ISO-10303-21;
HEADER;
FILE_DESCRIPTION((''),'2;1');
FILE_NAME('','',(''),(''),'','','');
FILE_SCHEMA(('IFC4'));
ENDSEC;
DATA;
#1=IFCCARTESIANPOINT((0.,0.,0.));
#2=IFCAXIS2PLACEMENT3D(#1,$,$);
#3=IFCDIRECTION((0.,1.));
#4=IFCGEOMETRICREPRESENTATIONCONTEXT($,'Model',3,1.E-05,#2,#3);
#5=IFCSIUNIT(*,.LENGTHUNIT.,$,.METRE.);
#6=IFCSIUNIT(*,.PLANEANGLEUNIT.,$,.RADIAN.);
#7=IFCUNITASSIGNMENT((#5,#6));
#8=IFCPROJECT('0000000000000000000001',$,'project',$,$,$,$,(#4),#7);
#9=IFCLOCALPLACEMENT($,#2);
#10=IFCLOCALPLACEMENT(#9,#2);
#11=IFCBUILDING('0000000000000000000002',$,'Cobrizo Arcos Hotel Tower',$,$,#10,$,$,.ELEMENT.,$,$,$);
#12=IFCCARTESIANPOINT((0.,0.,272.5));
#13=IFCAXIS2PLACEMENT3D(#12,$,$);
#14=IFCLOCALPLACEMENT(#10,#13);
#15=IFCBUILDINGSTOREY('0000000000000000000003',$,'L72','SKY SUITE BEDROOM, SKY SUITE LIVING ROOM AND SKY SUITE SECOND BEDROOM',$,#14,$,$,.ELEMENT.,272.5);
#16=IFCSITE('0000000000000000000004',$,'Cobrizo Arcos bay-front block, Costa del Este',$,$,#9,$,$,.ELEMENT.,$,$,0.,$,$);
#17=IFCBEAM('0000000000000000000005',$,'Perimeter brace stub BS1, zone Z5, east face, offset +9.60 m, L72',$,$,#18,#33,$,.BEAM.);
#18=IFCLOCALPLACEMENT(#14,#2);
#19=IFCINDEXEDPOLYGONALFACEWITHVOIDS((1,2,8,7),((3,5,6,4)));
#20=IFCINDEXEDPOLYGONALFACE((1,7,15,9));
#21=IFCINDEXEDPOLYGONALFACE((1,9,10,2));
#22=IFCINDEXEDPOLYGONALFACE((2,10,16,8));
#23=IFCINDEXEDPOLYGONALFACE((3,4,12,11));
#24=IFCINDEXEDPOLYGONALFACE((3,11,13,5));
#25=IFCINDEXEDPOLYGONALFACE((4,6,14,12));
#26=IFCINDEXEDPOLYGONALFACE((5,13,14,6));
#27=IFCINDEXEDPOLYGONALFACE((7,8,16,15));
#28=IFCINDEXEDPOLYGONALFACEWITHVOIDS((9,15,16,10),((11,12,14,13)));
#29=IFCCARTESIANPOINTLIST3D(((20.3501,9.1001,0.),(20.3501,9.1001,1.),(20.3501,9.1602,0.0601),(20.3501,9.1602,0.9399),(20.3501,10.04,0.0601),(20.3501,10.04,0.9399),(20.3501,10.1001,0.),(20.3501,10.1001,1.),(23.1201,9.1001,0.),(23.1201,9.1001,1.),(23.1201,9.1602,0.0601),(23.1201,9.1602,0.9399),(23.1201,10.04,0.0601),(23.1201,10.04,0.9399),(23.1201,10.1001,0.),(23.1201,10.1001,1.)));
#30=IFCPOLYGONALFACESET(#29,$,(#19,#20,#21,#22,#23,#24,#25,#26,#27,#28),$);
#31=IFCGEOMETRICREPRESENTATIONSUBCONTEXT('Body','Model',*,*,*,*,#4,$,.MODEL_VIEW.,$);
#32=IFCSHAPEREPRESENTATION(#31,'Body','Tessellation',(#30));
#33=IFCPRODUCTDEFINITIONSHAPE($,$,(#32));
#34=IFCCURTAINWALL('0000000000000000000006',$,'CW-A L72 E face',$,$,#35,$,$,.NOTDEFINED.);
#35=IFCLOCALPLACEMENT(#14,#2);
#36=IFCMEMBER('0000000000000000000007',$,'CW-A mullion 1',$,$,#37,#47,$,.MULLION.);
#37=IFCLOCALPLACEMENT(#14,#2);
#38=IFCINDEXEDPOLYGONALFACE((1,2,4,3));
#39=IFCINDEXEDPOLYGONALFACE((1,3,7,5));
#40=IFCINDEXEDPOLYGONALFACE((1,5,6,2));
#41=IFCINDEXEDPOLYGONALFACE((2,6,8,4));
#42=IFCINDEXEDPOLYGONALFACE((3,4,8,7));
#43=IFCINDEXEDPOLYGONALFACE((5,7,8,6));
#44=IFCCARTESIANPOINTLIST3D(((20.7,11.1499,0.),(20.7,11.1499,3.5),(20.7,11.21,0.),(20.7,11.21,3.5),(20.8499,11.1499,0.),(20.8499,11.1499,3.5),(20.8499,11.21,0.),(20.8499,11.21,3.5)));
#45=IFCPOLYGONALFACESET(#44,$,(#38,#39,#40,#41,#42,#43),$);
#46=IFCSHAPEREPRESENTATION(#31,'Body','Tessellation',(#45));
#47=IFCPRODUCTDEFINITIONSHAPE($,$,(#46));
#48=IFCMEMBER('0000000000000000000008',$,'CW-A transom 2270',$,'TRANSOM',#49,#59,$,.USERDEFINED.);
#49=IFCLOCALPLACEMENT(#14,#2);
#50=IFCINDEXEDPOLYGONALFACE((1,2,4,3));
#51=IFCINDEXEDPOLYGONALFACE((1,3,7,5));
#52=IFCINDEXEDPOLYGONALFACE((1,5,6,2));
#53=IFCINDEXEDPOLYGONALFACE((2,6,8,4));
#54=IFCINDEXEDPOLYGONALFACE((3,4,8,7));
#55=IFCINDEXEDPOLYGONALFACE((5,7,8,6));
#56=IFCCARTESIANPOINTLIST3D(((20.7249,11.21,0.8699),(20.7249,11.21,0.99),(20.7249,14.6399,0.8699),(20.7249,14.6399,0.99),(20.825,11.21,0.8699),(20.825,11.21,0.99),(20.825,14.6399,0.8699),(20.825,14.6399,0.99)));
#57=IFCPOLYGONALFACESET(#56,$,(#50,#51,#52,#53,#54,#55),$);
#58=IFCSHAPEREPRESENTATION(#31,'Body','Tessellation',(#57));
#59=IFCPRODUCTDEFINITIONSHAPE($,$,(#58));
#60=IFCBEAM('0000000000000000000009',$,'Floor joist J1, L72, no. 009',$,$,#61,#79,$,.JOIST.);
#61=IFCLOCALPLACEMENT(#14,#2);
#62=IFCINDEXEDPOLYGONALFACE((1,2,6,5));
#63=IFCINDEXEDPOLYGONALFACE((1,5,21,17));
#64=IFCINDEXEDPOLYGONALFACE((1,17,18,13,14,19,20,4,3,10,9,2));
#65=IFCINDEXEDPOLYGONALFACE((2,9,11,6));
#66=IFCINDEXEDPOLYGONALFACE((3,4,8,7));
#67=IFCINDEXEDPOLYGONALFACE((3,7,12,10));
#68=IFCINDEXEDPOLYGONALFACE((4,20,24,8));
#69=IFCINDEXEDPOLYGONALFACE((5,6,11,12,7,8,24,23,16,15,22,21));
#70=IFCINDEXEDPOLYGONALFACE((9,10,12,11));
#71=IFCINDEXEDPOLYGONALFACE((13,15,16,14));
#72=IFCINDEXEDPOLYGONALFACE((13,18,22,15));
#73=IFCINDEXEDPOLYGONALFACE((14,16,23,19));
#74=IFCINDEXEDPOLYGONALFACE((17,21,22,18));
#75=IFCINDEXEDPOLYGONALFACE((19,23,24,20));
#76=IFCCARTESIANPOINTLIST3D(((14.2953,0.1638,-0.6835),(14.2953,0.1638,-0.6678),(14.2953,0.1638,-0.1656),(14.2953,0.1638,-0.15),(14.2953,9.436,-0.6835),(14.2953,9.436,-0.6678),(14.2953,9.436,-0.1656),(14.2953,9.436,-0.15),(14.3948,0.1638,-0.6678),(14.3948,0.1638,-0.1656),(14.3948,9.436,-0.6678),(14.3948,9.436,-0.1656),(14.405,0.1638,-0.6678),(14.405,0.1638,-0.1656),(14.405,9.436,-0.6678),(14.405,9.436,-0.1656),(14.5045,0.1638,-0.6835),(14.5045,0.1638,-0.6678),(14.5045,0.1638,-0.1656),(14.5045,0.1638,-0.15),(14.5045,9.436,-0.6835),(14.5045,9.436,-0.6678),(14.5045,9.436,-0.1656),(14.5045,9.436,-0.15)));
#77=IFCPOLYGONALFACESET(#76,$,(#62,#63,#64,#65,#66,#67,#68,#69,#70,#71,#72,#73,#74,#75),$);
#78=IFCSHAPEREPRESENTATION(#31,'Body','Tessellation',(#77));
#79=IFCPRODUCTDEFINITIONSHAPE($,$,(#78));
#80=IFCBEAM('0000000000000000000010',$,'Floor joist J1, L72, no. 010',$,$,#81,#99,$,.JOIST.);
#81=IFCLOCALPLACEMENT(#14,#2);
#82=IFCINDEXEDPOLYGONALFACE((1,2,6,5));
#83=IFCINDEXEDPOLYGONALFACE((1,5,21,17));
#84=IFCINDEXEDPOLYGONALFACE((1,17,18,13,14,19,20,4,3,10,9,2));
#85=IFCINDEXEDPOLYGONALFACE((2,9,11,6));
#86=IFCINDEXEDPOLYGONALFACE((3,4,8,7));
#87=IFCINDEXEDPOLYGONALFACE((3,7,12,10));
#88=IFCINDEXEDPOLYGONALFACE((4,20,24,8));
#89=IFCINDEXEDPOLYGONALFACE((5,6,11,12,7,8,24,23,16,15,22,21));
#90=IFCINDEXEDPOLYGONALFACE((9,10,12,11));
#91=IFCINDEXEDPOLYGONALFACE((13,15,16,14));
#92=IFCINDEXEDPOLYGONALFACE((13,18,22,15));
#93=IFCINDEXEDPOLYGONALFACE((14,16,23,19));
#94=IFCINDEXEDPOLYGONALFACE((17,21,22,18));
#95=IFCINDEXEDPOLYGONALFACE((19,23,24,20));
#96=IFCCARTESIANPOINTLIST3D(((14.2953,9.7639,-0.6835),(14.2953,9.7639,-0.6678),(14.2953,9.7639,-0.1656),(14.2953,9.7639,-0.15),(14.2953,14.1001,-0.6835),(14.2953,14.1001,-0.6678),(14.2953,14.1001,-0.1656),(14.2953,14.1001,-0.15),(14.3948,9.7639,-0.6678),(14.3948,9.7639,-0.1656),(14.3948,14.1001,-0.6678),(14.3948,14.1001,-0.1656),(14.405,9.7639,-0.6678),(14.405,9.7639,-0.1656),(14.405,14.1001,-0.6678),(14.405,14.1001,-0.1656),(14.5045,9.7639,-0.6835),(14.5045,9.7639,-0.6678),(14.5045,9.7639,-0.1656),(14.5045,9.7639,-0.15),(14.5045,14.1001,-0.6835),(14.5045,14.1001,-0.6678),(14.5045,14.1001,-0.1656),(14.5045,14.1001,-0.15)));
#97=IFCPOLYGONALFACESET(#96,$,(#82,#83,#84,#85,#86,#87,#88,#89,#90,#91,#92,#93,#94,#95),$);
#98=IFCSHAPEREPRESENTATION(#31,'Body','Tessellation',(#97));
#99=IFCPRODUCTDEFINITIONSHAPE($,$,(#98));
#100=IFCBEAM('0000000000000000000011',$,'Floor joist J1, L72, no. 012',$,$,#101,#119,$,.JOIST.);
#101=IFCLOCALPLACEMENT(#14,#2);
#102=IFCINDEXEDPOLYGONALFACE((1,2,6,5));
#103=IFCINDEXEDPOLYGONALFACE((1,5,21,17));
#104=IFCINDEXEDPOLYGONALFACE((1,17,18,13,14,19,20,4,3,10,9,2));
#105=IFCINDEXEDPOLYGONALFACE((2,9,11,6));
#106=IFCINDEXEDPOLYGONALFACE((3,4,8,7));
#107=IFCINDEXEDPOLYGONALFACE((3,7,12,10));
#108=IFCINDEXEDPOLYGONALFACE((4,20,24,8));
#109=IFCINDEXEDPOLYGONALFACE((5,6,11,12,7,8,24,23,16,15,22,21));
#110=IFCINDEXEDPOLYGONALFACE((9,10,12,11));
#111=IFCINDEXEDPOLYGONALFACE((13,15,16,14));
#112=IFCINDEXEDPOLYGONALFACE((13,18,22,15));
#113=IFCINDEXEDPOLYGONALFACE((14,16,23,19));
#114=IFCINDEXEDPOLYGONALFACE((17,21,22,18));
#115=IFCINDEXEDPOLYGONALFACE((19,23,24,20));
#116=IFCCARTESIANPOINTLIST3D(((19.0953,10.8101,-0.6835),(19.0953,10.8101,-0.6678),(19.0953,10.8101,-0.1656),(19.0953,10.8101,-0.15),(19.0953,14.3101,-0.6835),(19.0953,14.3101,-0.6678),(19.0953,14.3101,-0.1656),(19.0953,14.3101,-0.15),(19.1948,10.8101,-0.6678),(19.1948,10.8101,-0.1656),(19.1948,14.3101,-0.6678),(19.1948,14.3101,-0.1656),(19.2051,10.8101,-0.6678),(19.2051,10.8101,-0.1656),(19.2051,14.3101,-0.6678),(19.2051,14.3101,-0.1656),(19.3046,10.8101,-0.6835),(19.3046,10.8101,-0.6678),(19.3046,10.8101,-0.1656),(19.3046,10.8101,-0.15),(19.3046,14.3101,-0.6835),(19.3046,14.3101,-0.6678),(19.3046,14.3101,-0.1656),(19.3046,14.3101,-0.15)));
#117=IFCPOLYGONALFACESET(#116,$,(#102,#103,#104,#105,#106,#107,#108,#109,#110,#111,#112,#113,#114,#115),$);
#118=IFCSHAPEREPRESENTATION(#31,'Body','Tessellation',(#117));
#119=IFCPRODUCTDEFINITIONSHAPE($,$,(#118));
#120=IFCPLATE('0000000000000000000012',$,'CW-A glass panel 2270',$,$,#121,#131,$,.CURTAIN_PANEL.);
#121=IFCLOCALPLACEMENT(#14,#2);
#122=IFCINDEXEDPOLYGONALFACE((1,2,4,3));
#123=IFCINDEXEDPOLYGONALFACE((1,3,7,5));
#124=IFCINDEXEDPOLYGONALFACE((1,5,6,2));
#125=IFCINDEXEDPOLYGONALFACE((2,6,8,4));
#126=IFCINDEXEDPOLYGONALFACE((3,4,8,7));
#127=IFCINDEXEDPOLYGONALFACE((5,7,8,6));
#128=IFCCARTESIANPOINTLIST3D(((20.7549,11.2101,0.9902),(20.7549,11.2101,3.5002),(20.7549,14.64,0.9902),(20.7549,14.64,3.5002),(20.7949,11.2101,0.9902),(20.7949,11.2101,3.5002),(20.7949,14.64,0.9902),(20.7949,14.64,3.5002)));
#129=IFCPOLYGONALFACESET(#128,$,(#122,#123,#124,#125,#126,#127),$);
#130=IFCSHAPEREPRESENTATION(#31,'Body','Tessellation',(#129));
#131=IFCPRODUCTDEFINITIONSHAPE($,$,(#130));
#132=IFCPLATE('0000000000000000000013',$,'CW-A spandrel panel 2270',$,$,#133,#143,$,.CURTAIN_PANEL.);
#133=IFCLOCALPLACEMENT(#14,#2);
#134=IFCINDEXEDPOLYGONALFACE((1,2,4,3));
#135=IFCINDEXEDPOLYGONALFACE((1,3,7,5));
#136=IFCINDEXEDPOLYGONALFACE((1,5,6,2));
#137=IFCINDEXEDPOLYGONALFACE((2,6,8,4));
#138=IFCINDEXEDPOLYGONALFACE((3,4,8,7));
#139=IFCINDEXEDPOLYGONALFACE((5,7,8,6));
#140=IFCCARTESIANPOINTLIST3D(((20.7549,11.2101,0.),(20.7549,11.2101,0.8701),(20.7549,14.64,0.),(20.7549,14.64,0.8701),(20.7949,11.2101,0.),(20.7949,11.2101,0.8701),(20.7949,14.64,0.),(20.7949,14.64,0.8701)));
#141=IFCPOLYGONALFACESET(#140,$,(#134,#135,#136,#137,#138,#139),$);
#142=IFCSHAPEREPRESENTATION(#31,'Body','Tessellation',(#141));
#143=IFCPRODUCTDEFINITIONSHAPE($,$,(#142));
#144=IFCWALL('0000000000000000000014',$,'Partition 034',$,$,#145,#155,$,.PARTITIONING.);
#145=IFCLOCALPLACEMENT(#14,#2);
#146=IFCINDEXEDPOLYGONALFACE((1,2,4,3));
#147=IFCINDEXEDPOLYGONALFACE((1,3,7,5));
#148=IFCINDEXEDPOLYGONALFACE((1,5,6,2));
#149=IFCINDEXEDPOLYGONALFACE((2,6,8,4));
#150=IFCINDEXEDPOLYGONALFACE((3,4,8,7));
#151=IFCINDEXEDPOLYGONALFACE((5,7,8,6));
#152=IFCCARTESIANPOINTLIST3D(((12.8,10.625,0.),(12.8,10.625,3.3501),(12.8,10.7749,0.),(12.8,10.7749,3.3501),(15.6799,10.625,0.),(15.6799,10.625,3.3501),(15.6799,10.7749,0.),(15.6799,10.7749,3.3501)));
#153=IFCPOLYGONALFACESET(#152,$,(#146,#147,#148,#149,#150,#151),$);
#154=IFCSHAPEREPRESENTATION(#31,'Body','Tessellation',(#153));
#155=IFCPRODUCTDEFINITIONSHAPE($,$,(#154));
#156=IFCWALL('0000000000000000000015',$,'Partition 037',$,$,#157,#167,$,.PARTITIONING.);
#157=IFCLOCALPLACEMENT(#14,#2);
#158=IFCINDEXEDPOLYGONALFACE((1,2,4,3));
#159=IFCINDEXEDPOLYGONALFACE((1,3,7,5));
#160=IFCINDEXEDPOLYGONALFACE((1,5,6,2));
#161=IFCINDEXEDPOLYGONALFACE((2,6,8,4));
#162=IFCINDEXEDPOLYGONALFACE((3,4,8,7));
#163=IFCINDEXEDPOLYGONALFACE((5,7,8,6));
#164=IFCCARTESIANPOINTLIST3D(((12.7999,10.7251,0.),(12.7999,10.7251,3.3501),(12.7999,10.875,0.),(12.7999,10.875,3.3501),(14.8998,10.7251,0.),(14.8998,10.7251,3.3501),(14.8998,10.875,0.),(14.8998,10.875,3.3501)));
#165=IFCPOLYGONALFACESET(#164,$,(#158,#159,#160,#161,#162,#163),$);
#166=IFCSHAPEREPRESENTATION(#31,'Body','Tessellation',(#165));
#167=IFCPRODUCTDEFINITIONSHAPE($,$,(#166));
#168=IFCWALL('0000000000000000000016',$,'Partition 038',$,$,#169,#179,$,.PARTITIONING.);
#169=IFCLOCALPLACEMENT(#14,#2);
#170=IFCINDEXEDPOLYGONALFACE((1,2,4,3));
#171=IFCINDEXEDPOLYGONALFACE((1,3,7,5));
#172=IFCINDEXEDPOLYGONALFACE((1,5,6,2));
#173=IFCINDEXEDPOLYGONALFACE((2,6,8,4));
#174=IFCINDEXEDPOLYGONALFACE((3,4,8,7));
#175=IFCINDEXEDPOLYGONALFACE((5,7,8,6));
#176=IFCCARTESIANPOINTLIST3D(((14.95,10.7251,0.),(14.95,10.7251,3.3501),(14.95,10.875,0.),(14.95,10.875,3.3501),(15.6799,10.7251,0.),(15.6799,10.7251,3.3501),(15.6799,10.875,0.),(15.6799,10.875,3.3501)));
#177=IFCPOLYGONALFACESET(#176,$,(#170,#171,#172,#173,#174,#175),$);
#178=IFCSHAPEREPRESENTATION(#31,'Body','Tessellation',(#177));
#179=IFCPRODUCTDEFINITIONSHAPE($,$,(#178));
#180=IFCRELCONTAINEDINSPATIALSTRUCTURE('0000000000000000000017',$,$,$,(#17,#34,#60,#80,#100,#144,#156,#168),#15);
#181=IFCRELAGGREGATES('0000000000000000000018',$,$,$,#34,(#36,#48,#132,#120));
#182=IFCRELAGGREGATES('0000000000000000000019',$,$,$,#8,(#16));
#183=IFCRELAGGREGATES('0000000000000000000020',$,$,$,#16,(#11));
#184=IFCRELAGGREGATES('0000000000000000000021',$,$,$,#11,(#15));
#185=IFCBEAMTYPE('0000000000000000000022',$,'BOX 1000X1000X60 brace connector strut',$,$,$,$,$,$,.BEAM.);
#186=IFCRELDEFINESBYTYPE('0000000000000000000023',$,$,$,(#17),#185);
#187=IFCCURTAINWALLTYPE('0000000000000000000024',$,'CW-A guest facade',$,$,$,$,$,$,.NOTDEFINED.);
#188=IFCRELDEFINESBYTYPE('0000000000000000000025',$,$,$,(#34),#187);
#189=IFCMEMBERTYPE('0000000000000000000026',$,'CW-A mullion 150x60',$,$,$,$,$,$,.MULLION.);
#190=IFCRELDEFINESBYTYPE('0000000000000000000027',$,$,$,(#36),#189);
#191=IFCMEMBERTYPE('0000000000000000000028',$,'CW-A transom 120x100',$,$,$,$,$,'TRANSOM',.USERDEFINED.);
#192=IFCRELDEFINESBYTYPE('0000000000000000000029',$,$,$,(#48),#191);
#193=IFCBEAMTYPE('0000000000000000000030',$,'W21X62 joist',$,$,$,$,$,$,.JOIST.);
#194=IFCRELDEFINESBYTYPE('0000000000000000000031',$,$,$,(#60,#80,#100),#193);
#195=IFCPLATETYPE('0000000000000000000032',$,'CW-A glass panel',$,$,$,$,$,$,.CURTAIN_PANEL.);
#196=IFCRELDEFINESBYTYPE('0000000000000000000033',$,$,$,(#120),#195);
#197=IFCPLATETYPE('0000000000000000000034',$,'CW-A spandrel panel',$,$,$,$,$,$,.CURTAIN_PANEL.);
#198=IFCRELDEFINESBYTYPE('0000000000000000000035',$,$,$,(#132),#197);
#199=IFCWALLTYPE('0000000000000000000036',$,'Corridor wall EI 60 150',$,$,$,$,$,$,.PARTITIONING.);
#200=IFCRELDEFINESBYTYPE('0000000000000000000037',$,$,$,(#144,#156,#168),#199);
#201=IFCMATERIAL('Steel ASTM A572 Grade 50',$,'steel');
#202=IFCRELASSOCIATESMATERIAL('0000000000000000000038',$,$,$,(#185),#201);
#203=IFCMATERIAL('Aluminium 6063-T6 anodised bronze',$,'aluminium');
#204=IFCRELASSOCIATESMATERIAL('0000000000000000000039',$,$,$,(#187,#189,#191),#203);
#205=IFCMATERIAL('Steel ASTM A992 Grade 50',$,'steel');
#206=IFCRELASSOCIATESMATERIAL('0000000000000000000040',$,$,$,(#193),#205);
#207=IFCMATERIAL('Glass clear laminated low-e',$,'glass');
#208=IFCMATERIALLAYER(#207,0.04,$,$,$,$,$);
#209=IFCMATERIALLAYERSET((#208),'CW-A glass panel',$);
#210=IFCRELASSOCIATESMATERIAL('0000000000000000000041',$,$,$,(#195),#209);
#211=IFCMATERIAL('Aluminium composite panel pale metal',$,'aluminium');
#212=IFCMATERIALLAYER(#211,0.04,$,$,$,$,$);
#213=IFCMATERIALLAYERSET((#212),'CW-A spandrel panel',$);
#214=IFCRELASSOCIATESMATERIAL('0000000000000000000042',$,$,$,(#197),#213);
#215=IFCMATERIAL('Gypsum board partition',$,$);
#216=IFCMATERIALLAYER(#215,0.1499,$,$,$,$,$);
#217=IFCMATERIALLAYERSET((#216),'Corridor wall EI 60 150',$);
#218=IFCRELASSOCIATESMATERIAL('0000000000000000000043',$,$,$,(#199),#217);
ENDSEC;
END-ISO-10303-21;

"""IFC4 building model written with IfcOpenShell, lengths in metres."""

from ifc_helpers import new_model, si_unit, direction, frame, frame_2d, origin, origin_2d, place, context, subcontext, project, spatial, rectangle, hollow_rectangle, i_section, extrude, material, layer, layer_set, material_profile, profile_set, type_object, element, aggregate, save


model = new_model("IFC4")

# Units and contexts
model_context = context("Model", 3, precision=1e-05, world=origin(), true_north=direction((0.0, 1.0)))
body_context = subcontext(model_context, "Body", "Model", "MODEL_VIEW")
ifc_project = project(units=[si_unit("LENGTHUNIT", "METRE"), si_unit("PLANEANGLEUNIT", "RADIAN")], contexts=[model_context])

# Site, building, storey
site_placement = place(None, origin())
site = spatial("IfcSite", under=ifc_project, at=site_placement, Name="Cobrizo Arcos bay-front block, Costa del Este", CompositionType="ELEMENT", RefElevation=0.0)
building_placement = place(site_placement, origin())
building = spatial("IfcBuilding", under=site, at=building_placement, Name="Cobrizo Arcos Hotel Tower", CompositionType="ELEMENT")
storey_placement = place(building_placement, frame((0.0, 0.0, 272.5)))
storey = spatial("IfcBuildingStorey", under=building, at=storey_placement, Name="L72", Description="SKY SUITE BEDROOM, SKY SUITE LIVING ROOM AND SKY SUITE SECOND BEDROOM", CompositionType="ELEMENT", Elevation=272.5)

# Beam
ifc_material_1 = material(Name="Steel ASTM A572 Grade 50", Category="steel")
ifc_material_profile_1 = material_profile(ifc_material_1, hollow_rectangle(XDim=1.0, YDim=1.0, WallThickness=0.0601, at=origin_2d()), Name="BOX 1000X1000X60")
ifc_profile_set_1 = profile_set([ifc_material_profile_1], Name="Steel ASTM A572 Grade 50")
beam_type_1 = type_object("IfcBeamType", Name="BOX 1000X1000X60 brace connector strut", PredefinedType="BEAM", material=ifc_profile_set_1)
beam_1_placement = place(storey_placement, frame((20.3501, 9.6001, 0.5), z_axis=(1.0, 0.0, 0.0), x_axis=(0.0, 1.0, 0.0)))
element("IfcBeam", 1, at=beam_1_placement, inside=storey, type_object=beam_type_1, Name="Perimeter brace stub BS1, zone Z5, east face, offset +9.60 m, L72", PredefinedType="BEAM", context=body_context, shape_type="SweptSolid", body=[
    extrude(hollow_rectangle(XDim=1.0, YDim=1.0, WallThickness=0.0601, at=origin_2d()), origin(), (0.0, 0.0, 1.0), 2.77),
])

# Curtain wall, members
ifc_material_2 = material(Name="Aluminium 6063-T6 anodised bronze", Category="aluminium")
curtain_wall_type = type_object("IfcCurtainWallType", Name="CW-A guest facade", PredefinedType="NOTDEFINED", material=ifc_material_2)
curtain_wall_placement = place(storey_placement, origin())
curtain_wall = element("IfcCurtainWall", 2, at=curtain_wall_placement, inside=storey, type_object=curtain_wall_type, Name="CW-A L72 E face", PredefinedType="NOTDEFINED")
ifc_material_profile_2 = material_profile(ifc_material_2, rectangle(XDim=0.1499, YDim=0.0601, at=origin_2d()), Name="CW-A mullion 150x60")
ifc_profile_set_2 = profile_set([ifc_material_profile_2], Name="Aluminium 6063-T6 anodised bronze")
member_type_1 = type_object("IfcMemberType", Name="CW-A mullion 150x60", PredefinedType="MULLION", material=ifc_profile_set_2)
member_1_placement = place(storey_placement, frame((20.7749, 11.1799, 0.0), z_axis=(0.0, 0.0, 1.0), x_axis=(1.0, 0.0, 0.0)))
member_1 = element("IfcMember", 3, at=member_1_placement, type_object=member_type_1, Name="CW-A mullion 1", PredefinedType="MULLION", context=body_context, shape_type="SweptSolid", body=[
    extrude(rectangle(XDim=0.1499, YDim=0.0601, at=origin_2d()), origin(), (0.0, 0.0, 1.0), 3.5),
])
ifc_material_profile_3 = material_profile(ifc_material_2, rectangle(XDim=0.1001, YDim=0.1201, at=origin_2d()), Name="CW-A transom 120x100")
ifc_profile_set_3 = profile_set([ifc_material_profile_3], Name="Aluminium 6063-T6 anodised bronze")
member_type_2 = type_object("IfcMemberType", Name="CW-A transom 120x100", ElementType="TRANSOM", PredefinedType="USERDEFINED", material=ifc_profile_set_3)
member_2_placement = place(storey_placement, frame((20.7749, 11.21, 0.9299), z_axis=(0.0, 1.0, 0.0), x_axis=(-1.0, 0.0, 0.0)))
member_2 = element("IfcMember", 4, at=member_2_placement, type_object=member_type_2, Name="CW-A transom 2270", ObjectType="TRANSOM", PredefinedType="USERDEFINED", context=body_context, shape_type="SweptSolid", body=[
    extrude(rectangle(XDim=0.1001, YDim=0.1201, at=origin_2d()), origin(), (0.0, 0.0, 1.0), 3.4299),
])

# Beams
ifc_material_3 = material(Name="Steel ASTM A992 Grade 50", Category="steel")
ifc_material_profile_4 = material_profile(ifc_material_3, i_section(OverallWidth=0.2092, OverallDepth=0.5334, WebThickness=0.0103, FlangeThickness=0.0156, at=origin_2d()), Name="W21X62")
ifc_profile_set_4 = profile_set([ifc_material_profile_4], Name="Steel ASTM A992 Grade 50")
beam_type_2 = type_object("IfcBeamType", Name="W21X62 joist", PredefinedType="JOIST", material=ifc_profile_set_4)
beam_2_placement = place(storey_placement, frame((14.3999, 0.1638, -0.4167), z_axis=(0.0, 1.0, 0.0), x_axis=(-1.0, 0.0, 0.0)))
element("IfcBeam", 5, at=beam_2_placement, inside=storey, type_object=beam_type_2, Name="Floor joist J1, L72, no. 009", PredefinedType="JOIST", context=body_context, shape_type="SweptSolid", body=[
    extrude(i_section(OverallWidth=0.2092, OverallDepth=0.5334, WebThickness=0.0103, FlangeThickness=0.0156, at=origin_2d()), origin(), (0.0, 0.0, 1.0), 9.2722),
])
beam_3_placement = place(storey_placement, frame((14.3999, 9.7639, -0.4167), z_axis=(0.0, 1.0, 0.0), x_axis=(-1.0, 0.0, 0.0)))
element("IfcBeam", 6, at=beam_3_placement, inside=storey, type_object=beam_type_2, Name="Floor joist J1, L72, no. 010", PredefinedType="JOIST", context=body_context, shape_type="SweptSolid", body=[
    extrude(i_section(OverallWidth=0.2092, OverallDepth=0.5334, WebThickness=0.0103, FlangeThickness=0.0156, at=origin_2d()), origin(), (0.0, 0.0, 1.0), 4.3362),
])
beam_4_placement = place(storey_placement, frame((19.2, 10.8101, -0.4167), z_axis=(0.0, 1.0, 0.0), x_axis=(-1.0, 0.0, 0.0)))
element("IfcBeam", 7, at=beam_4_placement, inside=storey, type_object=beam_type_2, Name="Floor joist J1, L72, no. 012", PredefinedType="JOIST", context=body_context, shape_type="SweptSolid", body=[
    extrude(i_section(OverallWidth=0.2092, OverallDepth=0.5334, WebThickness=0.0103, FlangeThickness=0.0156, at=origin_2d()), origin(), (0.0, 0.0, 1.0), 3.5),
])

# Plates
ifc_material_4 = material(Name="Glass clear laminated low-e", Category="glass")
ifc_layer_1 = layer(ifc_material_4, 0.04)
ifc_layer_set_1 = layer_set([ifc_layer_1], Name="CW-A glass panel")
plate_type_1 = type_object("IfcPlateType", Name="CW-A glass panel", PredefinedType="CURTAIN_PANEL", material=ifc_layer_set_1)
plate_1_placement = place(storey_placement, frame((20.7749, 12.925, 0.9902), z_axis=(0.0, 0.0, 1.0), x_axis=(0.0, 1.0, 0.0)))
plate_1 = element("IfcPlate", 8, at=plate_1_placement, type_object=plate_type_1, Name="CW-A glass panel 2270", PredefinedType="CURTAIN_PANEL", context=body_context, shape_type="SweptSolid", body=[
    extrude(rectangle(XDim=3.4299, YDim=0.04, at=origin_2d()), origin(), (0.0, 0.0, 1.0), 2.51),
])
ifc_material_5 = material(Name="Aluminium composite panel pale metal", Category="aluminium")
ifc_layer_2 = layer(ifc_material_5, 0.04)
ifc_layer_set_2 = layer_set([ifc_layer_2], Name="CW-A spandrel panel")
plate_type_2 = type_object("IfcPlateType", Name="CW-A spandrel panel", PredefinedType="CURTAIN_PANEL", material=ifc_layer_set_2)
plate_2_placement = place(storey_placement, frame((20.7749, 12.925, 0.0), z_axis=(0.0, 0.0, 1.0), x_axis=(0.0, 1.0, 0.0)))
plate_2 = element("IfcPlate", 9, at=plate_2_placement, type_object=plate_type_2, Name="CW-A spandrel panel 2270", PredefinedType="CURTAIN_PANEL", context=body_context, shape_type="SweptSolid", body=[
    extrude(rectangle(XDim=3.4299, YDim=0.04, at=origin_2d()), origin(), (0.0, 0.0, 1.0), 0.8701),
])
aggregate(curtain_wall, [member_1, member_2, plate_2, plate_1])

# Walls
ifc_material_6 = material(Name="Gypsum board partition")
ifc_layer_3 = layer(ifc_material_6, 0.1499)
ifc_layer_set_3 = layer_set([ifc_layer_3], Name="Corridor wall EI 60 150")
wall_type_1 = type_object("IfcWallType", Name="Corridor wall EI 60 150", PredefinedType="PARTITIONING", material=ifc_layer_set_3)
wall_1_placement = place(storey_placement, frame((12.8, 10.7, 0.0), z_axis=(0.0, 0.0, 1.0), x_axis=(1.0, 0.0, 0.0)))
element("IfcWall", 10, at=wall_1_placement, inside=storey, type_object=wall_type_1, Name="Partition 034", PredefinedType="PARTITIONING", context=body_context, shape_type="SweptSolid", body=[
    extrude(rectangle(XDim=2.8799, YDim=0.1499, at=frame_2d((1.4399, 0.0))), origin(), (0.0, 0.0, 1.0), 3.3501),
])
wall_2_placement = place(storey_placement, frame((12.8, 10.8, 0.0), z_axis=(0.0, 0.0, 1.0), x_axis=(1.0, 0.0, 0.0)))
element("IfcWall", 11, at=wall_2_placement, inside=storey, type_object=wall_type_1, Name="Partition 037", PredefinedType="PARTITIONING", context=body_context, shape_type="SweptSolid", body=[
    extrude(rectangle(XDim=2.0999, YDim=0.1499, at=frame_2d((1.0498, 0.0))), origin(), (0.0, 0.0, 1.0), 3.3501),
])
wall_3_placement = place(storey_placement, frame((14.95, 10.8, 0.0), z_axis=(0.0, 0.0, 1.0), x_axis=(1.0, 0.0, 0.0)))
element("IfcWall", 12, at=wall_3_placement, inside=storey, type_object=wall_type_1, Name="Partition 038", PredefinedType="PARTITIONING", context=body_context, shape_type="SweptSolid", body=[
    extrude(rectangle(XDim=0.73, YDim=0.1499, at=frame_2d((0.365, 0.0))), origin(), (0.0, 0.0, 1.0), 3.3501),
])

save(model, "model.ifc")
